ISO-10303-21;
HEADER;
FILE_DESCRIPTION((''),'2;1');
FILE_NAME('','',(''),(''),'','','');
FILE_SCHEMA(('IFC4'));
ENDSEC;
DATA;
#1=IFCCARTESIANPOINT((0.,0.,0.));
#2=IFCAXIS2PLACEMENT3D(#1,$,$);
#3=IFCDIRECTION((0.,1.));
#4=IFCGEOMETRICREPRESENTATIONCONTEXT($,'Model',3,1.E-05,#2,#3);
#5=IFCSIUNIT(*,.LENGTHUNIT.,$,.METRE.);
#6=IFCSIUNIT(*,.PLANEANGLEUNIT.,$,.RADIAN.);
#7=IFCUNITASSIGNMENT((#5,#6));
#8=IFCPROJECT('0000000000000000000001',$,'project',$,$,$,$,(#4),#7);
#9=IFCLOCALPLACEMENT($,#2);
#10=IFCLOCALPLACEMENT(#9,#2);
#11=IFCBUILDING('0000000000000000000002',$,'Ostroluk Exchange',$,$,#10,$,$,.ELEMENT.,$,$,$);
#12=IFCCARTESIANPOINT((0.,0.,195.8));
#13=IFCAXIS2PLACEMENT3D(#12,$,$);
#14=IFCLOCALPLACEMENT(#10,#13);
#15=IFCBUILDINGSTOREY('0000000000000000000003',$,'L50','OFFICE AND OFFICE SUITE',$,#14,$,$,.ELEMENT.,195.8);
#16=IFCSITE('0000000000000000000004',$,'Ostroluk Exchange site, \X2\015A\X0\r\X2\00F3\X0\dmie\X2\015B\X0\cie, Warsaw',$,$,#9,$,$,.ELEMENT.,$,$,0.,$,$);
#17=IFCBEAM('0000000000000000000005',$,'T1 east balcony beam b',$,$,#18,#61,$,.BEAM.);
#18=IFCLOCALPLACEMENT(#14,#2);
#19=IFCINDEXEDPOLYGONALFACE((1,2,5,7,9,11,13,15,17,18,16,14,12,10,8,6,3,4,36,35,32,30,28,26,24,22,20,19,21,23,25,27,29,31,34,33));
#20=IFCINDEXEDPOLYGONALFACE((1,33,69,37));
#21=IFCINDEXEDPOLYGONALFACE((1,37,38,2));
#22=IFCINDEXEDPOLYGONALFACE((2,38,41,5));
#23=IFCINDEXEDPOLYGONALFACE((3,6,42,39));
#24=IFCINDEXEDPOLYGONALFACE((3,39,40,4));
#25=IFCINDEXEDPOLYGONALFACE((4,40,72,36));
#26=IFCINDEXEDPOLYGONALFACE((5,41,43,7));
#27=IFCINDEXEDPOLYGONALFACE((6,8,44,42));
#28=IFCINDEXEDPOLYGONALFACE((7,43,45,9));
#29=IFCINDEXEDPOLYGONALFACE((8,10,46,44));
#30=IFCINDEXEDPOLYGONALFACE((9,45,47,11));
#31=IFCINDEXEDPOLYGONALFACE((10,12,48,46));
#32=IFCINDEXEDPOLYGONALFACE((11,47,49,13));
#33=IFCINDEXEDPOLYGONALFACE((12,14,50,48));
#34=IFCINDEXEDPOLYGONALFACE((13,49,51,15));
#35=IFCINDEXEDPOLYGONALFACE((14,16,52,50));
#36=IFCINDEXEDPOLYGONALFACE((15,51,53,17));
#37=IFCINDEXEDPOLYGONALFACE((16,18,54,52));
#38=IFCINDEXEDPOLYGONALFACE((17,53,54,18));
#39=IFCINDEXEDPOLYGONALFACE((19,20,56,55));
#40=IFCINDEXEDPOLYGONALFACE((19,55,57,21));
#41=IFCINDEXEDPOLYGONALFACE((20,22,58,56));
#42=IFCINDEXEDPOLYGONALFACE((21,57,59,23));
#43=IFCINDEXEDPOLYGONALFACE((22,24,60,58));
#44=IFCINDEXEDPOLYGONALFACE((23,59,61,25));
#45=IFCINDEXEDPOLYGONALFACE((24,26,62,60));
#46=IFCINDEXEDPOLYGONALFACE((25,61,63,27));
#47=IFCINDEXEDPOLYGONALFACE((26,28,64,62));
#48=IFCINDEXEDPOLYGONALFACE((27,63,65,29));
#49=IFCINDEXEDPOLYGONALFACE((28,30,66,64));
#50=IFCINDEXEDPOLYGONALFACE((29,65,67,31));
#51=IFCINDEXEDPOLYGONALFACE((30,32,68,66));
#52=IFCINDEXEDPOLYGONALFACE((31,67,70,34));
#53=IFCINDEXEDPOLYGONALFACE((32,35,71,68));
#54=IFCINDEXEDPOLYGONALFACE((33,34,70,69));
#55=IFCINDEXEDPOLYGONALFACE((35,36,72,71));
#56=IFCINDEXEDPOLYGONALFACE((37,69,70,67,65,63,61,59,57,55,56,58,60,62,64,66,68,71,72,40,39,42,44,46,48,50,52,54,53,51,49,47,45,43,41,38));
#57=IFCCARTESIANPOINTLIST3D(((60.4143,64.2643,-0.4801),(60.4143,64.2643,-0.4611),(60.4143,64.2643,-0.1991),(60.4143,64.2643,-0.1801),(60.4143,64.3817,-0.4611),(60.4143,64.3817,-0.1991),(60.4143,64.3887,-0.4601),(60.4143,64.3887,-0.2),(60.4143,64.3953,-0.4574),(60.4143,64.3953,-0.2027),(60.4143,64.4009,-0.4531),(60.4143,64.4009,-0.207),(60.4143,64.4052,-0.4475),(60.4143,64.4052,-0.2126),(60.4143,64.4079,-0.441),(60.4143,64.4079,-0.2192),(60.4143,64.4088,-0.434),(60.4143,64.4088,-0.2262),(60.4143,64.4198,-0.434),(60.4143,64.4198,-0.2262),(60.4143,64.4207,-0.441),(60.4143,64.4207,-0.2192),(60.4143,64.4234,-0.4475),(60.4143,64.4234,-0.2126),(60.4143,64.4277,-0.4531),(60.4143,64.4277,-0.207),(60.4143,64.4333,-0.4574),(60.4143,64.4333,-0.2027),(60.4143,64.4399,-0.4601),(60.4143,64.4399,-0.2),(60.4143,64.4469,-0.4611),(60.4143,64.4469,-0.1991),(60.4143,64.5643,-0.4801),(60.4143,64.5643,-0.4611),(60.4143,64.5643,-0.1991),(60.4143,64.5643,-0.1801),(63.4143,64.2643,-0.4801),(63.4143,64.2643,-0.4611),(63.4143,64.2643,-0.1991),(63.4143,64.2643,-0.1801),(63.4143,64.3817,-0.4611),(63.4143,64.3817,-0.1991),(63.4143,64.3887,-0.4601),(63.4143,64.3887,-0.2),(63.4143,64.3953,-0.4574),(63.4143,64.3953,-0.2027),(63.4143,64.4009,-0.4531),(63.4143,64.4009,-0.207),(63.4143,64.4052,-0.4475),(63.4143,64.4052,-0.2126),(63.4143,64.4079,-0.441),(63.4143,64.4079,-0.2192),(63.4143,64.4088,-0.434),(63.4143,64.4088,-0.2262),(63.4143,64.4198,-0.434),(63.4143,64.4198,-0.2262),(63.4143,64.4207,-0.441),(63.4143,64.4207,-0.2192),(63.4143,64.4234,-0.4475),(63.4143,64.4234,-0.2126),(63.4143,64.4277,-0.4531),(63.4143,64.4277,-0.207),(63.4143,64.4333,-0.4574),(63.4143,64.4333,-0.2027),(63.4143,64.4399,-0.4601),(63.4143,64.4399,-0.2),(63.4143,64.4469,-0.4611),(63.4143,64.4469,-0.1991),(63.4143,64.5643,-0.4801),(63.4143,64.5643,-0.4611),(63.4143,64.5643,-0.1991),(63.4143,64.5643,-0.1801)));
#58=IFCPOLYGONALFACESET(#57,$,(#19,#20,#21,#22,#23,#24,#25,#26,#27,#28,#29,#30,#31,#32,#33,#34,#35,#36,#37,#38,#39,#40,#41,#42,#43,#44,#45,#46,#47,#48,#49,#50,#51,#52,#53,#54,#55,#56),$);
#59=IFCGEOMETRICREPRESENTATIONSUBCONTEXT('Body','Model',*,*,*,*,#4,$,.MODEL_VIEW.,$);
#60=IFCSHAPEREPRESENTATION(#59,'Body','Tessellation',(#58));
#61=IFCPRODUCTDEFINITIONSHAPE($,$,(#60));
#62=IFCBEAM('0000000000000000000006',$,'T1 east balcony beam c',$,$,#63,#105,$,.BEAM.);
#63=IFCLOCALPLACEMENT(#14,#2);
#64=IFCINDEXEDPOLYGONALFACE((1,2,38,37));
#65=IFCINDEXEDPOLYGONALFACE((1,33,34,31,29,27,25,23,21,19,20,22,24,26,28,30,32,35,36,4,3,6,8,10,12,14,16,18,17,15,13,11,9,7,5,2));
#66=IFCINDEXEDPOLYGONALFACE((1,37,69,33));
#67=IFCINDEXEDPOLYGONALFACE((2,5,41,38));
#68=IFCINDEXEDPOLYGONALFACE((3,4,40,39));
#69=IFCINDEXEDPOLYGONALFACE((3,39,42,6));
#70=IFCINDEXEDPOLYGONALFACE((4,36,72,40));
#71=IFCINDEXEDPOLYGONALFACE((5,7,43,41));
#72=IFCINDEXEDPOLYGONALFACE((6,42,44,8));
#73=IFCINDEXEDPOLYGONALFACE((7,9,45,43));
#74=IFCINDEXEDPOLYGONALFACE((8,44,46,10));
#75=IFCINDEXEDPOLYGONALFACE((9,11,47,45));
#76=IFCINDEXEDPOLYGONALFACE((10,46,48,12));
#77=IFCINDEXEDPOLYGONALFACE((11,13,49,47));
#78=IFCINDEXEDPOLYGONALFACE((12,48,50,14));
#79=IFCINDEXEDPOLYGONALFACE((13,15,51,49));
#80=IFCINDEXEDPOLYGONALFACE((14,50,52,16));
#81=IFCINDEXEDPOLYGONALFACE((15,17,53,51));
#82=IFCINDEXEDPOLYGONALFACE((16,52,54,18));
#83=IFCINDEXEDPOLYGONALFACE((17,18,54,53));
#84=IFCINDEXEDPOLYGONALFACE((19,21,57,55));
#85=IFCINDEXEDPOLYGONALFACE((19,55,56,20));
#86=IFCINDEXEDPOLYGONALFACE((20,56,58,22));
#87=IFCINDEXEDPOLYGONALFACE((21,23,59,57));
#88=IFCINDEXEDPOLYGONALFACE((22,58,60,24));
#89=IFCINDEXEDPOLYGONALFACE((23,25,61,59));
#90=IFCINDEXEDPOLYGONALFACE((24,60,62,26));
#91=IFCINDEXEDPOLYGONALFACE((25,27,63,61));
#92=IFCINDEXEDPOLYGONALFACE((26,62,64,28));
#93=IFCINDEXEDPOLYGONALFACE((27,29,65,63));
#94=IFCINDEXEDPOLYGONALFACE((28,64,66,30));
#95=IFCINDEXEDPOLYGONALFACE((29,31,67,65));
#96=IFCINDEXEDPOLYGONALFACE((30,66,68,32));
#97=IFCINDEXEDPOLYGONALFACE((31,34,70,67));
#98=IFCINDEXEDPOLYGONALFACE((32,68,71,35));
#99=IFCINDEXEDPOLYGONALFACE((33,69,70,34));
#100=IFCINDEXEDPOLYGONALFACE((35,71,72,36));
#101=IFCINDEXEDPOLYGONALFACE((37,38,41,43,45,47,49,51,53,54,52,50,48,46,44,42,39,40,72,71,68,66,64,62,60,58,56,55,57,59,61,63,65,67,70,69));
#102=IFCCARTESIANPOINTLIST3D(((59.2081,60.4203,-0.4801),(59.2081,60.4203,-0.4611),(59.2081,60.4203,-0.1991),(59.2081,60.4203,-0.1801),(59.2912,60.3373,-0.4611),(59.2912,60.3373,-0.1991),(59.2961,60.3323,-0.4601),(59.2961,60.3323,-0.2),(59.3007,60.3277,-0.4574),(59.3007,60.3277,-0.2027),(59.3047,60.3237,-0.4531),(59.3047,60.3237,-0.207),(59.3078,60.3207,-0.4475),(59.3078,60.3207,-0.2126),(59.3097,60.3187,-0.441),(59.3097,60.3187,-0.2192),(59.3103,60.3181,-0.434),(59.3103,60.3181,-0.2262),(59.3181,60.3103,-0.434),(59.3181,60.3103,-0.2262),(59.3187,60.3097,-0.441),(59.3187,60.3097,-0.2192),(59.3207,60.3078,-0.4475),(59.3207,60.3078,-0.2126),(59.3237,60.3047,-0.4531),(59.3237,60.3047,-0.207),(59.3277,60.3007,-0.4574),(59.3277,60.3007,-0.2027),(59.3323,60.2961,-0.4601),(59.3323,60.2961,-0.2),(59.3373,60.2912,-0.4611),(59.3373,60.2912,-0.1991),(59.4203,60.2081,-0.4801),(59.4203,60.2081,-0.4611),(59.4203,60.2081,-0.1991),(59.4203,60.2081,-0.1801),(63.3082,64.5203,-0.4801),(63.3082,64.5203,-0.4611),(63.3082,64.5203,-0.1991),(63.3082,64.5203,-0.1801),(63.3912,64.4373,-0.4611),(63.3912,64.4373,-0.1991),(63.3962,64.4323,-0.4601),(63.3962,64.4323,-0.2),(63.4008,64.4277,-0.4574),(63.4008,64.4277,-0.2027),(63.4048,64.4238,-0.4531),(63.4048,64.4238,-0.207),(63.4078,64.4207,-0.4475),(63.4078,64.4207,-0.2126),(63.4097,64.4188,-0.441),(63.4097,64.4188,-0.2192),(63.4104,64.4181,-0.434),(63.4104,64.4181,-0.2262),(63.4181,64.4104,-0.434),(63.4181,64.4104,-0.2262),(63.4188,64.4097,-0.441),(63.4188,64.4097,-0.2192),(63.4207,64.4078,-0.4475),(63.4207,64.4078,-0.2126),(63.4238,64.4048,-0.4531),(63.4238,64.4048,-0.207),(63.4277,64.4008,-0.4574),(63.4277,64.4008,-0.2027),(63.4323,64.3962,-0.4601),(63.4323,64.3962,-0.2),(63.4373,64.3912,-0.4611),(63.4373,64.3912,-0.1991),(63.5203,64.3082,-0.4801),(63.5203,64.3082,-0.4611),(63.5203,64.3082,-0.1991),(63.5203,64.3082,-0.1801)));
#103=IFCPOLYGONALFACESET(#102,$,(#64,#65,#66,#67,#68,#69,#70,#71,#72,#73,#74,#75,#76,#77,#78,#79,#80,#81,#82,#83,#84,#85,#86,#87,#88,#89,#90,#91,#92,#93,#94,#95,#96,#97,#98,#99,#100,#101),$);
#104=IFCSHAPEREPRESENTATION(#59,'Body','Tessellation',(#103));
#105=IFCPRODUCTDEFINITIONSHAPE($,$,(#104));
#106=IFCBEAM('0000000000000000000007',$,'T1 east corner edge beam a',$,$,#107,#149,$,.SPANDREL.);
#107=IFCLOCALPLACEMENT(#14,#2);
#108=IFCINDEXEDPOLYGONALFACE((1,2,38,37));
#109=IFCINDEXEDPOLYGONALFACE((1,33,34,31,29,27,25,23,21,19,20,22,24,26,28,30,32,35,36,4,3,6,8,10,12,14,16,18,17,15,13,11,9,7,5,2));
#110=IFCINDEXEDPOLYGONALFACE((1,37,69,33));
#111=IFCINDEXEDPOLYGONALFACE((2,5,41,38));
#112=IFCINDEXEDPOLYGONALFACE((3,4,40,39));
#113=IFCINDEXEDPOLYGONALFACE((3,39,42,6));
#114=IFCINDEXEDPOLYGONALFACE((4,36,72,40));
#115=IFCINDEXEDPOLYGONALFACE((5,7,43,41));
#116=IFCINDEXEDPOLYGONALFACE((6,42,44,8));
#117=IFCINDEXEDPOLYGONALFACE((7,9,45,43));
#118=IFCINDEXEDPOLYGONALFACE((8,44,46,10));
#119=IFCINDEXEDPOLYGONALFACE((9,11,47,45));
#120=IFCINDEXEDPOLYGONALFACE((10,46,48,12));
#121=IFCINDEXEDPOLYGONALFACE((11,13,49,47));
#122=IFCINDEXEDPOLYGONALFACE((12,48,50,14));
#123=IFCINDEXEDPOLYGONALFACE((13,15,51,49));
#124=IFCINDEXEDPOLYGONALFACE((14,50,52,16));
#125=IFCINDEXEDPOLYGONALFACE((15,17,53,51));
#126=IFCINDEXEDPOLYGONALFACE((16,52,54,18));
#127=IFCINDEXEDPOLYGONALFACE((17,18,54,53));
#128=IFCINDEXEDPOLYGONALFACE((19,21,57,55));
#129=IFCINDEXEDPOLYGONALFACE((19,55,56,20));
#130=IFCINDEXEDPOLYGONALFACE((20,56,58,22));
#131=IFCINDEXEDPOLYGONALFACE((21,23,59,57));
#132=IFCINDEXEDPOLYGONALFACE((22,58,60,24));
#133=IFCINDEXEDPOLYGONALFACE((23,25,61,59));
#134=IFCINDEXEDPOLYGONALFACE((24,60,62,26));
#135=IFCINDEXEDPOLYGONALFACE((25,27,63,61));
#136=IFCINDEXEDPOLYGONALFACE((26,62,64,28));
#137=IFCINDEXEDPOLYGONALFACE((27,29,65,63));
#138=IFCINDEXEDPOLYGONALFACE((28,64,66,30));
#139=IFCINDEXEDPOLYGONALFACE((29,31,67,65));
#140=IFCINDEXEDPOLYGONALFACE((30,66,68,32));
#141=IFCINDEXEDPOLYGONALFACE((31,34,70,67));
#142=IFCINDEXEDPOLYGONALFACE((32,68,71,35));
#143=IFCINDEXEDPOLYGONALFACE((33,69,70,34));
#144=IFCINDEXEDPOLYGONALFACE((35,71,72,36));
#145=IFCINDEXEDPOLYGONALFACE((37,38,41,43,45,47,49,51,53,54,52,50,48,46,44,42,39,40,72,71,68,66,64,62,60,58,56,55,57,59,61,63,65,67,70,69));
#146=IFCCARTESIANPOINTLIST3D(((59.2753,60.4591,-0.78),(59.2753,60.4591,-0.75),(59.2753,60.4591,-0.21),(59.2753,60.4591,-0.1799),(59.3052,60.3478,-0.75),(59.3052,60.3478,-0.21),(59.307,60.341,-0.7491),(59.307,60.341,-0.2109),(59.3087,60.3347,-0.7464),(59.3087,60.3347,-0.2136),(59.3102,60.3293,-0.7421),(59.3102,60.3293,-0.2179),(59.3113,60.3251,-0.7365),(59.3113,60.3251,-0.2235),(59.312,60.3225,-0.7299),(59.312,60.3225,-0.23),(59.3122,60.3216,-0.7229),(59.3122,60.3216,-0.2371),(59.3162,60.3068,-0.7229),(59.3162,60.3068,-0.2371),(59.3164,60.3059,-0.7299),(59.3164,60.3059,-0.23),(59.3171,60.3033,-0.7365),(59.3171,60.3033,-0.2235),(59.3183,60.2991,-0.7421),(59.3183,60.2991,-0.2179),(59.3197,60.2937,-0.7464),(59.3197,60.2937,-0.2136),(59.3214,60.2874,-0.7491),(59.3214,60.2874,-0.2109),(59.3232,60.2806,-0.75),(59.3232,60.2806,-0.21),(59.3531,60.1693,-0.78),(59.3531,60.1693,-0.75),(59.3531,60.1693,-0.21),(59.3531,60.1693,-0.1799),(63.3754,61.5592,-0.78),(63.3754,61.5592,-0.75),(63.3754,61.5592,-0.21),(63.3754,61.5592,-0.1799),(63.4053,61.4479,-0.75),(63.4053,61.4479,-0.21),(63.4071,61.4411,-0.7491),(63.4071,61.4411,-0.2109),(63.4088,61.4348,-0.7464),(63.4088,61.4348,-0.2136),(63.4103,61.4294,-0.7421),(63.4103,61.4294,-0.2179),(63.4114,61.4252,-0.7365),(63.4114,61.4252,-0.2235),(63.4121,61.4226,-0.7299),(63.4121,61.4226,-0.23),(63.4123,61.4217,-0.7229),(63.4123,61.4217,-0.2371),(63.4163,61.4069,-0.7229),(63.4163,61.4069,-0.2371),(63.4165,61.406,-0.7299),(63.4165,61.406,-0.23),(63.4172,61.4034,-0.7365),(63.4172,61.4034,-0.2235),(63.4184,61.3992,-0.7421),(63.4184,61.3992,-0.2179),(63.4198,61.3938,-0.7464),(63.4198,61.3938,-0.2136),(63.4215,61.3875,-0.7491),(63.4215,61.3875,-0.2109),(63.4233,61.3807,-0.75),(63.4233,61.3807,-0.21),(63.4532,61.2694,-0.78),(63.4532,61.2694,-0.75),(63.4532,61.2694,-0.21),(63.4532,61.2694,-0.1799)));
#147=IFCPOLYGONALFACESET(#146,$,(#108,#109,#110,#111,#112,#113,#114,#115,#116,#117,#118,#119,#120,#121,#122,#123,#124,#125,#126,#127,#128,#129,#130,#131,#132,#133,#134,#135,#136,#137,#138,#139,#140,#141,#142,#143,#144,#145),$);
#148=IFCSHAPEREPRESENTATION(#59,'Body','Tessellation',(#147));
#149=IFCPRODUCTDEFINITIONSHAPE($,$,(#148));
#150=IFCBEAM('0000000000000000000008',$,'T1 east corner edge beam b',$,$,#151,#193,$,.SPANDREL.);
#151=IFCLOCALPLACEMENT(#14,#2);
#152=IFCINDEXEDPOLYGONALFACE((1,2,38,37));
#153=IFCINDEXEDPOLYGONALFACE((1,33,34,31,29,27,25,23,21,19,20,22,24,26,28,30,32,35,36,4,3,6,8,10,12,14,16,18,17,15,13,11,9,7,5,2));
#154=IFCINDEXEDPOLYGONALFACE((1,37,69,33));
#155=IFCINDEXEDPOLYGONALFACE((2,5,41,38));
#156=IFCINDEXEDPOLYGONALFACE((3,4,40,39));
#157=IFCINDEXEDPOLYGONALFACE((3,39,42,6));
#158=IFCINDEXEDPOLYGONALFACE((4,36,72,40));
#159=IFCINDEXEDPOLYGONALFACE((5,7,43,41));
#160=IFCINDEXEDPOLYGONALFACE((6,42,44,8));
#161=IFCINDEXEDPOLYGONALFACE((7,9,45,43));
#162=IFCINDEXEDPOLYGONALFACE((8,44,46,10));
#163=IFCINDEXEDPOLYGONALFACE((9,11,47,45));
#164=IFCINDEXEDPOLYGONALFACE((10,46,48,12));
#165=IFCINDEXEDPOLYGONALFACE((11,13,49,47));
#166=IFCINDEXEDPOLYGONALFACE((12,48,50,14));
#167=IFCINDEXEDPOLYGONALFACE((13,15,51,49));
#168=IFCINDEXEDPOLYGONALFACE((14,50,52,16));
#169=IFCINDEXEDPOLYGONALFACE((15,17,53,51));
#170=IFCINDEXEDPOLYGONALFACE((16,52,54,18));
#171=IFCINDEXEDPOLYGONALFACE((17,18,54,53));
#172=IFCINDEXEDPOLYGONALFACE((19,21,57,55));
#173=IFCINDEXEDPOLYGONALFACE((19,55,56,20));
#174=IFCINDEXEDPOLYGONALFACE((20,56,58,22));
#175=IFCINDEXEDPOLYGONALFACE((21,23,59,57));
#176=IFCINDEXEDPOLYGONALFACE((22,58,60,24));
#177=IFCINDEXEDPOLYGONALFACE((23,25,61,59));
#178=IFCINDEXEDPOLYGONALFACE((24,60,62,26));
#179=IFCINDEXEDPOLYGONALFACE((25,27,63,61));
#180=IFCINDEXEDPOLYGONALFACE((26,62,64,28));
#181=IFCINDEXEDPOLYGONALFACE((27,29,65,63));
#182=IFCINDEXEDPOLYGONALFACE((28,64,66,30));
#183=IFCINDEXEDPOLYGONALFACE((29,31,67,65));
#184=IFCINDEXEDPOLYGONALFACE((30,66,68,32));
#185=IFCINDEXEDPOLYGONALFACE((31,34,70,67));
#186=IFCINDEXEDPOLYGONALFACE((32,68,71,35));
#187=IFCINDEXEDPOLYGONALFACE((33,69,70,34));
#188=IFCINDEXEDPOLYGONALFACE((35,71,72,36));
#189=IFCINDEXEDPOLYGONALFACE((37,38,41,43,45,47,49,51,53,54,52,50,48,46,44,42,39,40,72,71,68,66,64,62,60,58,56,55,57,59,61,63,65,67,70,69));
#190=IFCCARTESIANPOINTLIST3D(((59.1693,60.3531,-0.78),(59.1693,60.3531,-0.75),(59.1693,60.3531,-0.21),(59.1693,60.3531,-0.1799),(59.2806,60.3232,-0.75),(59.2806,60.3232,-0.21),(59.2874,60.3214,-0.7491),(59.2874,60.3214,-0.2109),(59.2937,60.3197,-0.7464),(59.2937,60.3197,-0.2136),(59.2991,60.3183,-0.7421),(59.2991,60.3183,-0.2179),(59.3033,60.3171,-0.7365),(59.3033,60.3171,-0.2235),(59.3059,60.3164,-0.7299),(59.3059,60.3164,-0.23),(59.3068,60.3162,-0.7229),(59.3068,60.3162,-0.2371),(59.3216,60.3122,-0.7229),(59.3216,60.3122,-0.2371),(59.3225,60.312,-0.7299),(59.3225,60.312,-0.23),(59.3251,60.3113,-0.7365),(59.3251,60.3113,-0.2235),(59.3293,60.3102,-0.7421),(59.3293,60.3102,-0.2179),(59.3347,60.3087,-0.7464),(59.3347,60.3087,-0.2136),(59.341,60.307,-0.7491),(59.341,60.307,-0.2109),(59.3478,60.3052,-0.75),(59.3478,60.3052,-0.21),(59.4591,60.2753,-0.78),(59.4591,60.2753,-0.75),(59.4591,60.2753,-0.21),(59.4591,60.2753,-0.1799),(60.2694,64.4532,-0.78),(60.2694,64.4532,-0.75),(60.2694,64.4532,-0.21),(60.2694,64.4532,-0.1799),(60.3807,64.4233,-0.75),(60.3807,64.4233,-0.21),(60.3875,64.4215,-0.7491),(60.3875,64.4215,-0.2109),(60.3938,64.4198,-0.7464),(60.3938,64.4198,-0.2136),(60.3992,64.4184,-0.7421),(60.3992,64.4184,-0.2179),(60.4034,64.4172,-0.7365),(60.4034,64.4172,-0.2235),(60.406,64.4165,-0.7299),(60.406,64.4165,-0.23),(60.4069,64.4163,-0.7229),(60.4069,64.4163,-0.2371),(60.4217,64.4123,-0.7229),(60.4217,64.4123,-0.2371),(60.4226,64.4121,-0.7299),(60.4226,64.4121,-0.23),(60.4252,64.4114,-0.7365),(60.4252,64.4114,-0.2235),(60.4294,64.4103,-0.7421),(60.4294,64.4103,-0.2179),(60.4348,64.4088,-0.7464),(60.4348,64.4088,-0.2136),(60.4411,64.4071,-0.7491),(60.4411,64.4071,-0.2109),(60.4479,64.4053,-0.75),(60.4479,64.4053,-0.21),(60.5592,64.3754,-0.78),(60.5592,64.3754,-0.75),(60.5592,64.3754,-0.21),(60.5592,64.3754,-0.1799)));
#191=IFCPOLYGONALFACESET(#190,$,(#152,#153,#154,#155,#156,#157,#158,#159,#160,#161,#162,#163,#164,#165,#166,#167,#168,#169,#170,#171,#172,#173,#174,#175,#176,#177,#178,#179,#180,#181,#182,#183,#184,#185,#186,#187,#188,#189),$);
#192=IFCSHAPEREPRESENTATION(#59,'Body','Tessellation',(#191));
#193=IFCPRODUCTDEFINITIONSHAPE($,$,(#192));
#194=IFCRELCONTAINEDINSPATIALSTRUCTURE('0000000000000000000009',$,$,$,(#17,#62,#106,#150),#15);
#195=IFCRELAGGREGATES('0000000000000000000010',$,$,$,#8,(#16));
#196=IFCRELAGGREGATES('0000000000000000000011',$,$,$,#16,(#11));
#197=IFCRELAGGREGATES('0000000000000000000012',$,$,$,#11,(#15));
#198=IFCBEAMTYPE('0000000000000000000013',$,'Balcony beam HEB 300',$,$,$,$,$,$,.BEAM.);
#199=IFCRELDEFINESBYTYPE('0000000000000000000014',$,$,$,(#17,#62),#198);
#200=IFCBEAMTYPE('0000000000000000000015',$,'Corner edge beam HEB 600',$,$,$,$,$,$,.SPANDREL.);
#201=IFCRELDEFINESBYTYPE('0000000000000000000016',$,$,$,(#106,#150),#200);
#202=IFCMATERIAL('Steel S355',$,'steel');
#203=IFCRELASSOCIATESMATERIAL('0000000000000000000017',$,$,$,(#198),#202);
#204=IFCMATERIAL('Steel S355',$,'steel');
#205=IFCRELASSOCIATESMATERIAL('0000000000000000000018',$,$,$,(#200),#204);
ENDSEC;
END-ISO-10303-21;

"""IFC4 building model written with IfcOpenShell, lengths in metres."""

from ifc_helpers import new_model, si_unit, direction, frame, origin, origin_2d, place, context, subcontext, project, spatial, i_section, extrude, material, material_profile, profile_set, type_object, element, save


model = new_model("IFC4")

# Units and contexts
model_context = context("Model", 3, precision=1e-05, world=origin(), true_north=direction((0.0, 1.0)))
body_context = subcontext(model_context, "Body", "Model", "MODEL_VIEW")
ifc_project = project(units=[si_unit("LENGTHUNIT", "METRE"), si_unit("PLANEANGLEUNIT", "RADIAN")], contexts=[model_context])

# Site, building, storey
site_placement = place(None, origin())
site = spatial("IfcSite", under=ifc_project, at=site_placement, Name="Ostroluk Exchange site, Śródmieście, Warsaw", CompositionType="ELEMENT", RefElevation=0.0)
building_placement = place(site_placement, origin())
building = spatial("IfcBuilding", under=site, at=building_placement, Name="Ostroluk Exchange", CompositionType="ELEMENT")
storey_placement = place(building_placement, frame((0.0, 0.0, 195.8)))
storey = spatial("IfcBuildingStorey", under=building, at=storey_placement, Name="L50", Description="OFFICE AND OFFICE SUITE", CompositionType="ELEMENT", Elevation=195.8)

# Beams
ifc_material_1 = material(Name="Steel S355", Category="steel")
ifc_material_profile_1 = material_profile(ifc_material_1, i_section(OverallWidth=0.3, OverallDepth=0.3, WebThickness=0.011, FlangeThickness=0.019, FilletRadius=0.0271, at=origin_2d()), Name="HEB 300")
ifc_profile_set_1 = profile_set([ifc_material_profile_1], Name="Steel S355")
beam_type_1 = type_object("IfcBeamType", Name="Balcony beam HEB 300", PredefinedType="BEAM", material=ifc_profile_set_1)
for number, where, z_axis, x_axis, name in (
    (1, (60.4143, 64.4143, -0.3301), (1.0, 0.0, 0.0), (0.0, 1.0, 0.0), "T1 east balcony beam b"),
):
    element("IfcBeam", number, at=place(storey_placement, frame(where, z_axis=z_axis, x_axis=x_axis)), inside=storey, type_object=beam_type_1, Name=name, PredefinedType="BEAM", context=body_context, shape_type="SweptSolid", body=[
        extrude(i_section(OverallWidth=0.3, OverallDepth=0.3, WebThickness=0.011, FlangeThickness=0.019, FilletRadius=0.0271, at=origin_2d()), origin(), (0.0, 0.0, 1.0), 3.0),
    ])
beam_1_placement = place(storey_placement, frame((59.3142, 60.3142, -0.3301), z_axis=(0.707107, 0.707107, 0.0), x_axis=(-0.707107, 0.707107, 0.0)))
element("IfcBeam", 2, at=beam_1_placement, inside=storey, type_object=beam_type_1, Name="T1 east balcony beam c", PredefinedType="BEAM", context=body_context, shape_type="SweptSolid", body=[
    extrude(i_section(OverallWidth=0.3, OverallDepth=0.3, WebThickness=0.011, FlangeThickness=0.019, FilletRadius=0.0271, at=origin_2d()), origin(), (0.0, 0.0, 1.0), 5.7983),
])
ifc_material_2 = material(Name="Steel S355", Category="steel")
ifc_material_profile_2 = material_profile(ifc_material_2, i_section(OverallWidth=0.3, OverallDepth=0.6001, WebThickness=0.0154, FlangeThickness=0.03, FilletRadius=0.0271, at=origin_2d()), Name="HEB 600")
ifc_profile_set_2 = profile_set([ifc_material_profile_2], Name="Steel S355")
beam_type_2 = type_object("IfcBeamType", Name="Corner edge beam HEB 600", PredefinedType="SPANDREL", material=ifc_profile_set_2)
for number, where, z_axis, x_axis, name in (
    (3, (59.3142, 60.3142, -0.48), (0.965839, 0.259144, 0.0), (-0.259144, 0.965839, 0.0), "T1 east corner edge beam a"),
    (4, (59.3142, 60.3142, -0.48), (0.259144, 0.965839, 0.0), (-0.965839, 0.259144, 0.0), "T1 east corner edge beam b"),
):
    element("IfcBeam", number, at=place(storey_placement, frame(where, z_axis=z_axis, x_axis=x_axis)), inside=storey, type_object=beam_type_2, Name=name, PredefinedType="SPANDREL", context=body_context, shape_type="SweptSolid", body=[
        extrude(i_section(OverallWidth=0.3, OverallDepth=0.6001, WebThickness=0.0154, FlangeThickness=0.03, FilletRadius=0.0271, at=origin_2d()), origin(), (0.0, 0.0, 1.0), 4.2451),
    ])

save(model, "model.ifc")
